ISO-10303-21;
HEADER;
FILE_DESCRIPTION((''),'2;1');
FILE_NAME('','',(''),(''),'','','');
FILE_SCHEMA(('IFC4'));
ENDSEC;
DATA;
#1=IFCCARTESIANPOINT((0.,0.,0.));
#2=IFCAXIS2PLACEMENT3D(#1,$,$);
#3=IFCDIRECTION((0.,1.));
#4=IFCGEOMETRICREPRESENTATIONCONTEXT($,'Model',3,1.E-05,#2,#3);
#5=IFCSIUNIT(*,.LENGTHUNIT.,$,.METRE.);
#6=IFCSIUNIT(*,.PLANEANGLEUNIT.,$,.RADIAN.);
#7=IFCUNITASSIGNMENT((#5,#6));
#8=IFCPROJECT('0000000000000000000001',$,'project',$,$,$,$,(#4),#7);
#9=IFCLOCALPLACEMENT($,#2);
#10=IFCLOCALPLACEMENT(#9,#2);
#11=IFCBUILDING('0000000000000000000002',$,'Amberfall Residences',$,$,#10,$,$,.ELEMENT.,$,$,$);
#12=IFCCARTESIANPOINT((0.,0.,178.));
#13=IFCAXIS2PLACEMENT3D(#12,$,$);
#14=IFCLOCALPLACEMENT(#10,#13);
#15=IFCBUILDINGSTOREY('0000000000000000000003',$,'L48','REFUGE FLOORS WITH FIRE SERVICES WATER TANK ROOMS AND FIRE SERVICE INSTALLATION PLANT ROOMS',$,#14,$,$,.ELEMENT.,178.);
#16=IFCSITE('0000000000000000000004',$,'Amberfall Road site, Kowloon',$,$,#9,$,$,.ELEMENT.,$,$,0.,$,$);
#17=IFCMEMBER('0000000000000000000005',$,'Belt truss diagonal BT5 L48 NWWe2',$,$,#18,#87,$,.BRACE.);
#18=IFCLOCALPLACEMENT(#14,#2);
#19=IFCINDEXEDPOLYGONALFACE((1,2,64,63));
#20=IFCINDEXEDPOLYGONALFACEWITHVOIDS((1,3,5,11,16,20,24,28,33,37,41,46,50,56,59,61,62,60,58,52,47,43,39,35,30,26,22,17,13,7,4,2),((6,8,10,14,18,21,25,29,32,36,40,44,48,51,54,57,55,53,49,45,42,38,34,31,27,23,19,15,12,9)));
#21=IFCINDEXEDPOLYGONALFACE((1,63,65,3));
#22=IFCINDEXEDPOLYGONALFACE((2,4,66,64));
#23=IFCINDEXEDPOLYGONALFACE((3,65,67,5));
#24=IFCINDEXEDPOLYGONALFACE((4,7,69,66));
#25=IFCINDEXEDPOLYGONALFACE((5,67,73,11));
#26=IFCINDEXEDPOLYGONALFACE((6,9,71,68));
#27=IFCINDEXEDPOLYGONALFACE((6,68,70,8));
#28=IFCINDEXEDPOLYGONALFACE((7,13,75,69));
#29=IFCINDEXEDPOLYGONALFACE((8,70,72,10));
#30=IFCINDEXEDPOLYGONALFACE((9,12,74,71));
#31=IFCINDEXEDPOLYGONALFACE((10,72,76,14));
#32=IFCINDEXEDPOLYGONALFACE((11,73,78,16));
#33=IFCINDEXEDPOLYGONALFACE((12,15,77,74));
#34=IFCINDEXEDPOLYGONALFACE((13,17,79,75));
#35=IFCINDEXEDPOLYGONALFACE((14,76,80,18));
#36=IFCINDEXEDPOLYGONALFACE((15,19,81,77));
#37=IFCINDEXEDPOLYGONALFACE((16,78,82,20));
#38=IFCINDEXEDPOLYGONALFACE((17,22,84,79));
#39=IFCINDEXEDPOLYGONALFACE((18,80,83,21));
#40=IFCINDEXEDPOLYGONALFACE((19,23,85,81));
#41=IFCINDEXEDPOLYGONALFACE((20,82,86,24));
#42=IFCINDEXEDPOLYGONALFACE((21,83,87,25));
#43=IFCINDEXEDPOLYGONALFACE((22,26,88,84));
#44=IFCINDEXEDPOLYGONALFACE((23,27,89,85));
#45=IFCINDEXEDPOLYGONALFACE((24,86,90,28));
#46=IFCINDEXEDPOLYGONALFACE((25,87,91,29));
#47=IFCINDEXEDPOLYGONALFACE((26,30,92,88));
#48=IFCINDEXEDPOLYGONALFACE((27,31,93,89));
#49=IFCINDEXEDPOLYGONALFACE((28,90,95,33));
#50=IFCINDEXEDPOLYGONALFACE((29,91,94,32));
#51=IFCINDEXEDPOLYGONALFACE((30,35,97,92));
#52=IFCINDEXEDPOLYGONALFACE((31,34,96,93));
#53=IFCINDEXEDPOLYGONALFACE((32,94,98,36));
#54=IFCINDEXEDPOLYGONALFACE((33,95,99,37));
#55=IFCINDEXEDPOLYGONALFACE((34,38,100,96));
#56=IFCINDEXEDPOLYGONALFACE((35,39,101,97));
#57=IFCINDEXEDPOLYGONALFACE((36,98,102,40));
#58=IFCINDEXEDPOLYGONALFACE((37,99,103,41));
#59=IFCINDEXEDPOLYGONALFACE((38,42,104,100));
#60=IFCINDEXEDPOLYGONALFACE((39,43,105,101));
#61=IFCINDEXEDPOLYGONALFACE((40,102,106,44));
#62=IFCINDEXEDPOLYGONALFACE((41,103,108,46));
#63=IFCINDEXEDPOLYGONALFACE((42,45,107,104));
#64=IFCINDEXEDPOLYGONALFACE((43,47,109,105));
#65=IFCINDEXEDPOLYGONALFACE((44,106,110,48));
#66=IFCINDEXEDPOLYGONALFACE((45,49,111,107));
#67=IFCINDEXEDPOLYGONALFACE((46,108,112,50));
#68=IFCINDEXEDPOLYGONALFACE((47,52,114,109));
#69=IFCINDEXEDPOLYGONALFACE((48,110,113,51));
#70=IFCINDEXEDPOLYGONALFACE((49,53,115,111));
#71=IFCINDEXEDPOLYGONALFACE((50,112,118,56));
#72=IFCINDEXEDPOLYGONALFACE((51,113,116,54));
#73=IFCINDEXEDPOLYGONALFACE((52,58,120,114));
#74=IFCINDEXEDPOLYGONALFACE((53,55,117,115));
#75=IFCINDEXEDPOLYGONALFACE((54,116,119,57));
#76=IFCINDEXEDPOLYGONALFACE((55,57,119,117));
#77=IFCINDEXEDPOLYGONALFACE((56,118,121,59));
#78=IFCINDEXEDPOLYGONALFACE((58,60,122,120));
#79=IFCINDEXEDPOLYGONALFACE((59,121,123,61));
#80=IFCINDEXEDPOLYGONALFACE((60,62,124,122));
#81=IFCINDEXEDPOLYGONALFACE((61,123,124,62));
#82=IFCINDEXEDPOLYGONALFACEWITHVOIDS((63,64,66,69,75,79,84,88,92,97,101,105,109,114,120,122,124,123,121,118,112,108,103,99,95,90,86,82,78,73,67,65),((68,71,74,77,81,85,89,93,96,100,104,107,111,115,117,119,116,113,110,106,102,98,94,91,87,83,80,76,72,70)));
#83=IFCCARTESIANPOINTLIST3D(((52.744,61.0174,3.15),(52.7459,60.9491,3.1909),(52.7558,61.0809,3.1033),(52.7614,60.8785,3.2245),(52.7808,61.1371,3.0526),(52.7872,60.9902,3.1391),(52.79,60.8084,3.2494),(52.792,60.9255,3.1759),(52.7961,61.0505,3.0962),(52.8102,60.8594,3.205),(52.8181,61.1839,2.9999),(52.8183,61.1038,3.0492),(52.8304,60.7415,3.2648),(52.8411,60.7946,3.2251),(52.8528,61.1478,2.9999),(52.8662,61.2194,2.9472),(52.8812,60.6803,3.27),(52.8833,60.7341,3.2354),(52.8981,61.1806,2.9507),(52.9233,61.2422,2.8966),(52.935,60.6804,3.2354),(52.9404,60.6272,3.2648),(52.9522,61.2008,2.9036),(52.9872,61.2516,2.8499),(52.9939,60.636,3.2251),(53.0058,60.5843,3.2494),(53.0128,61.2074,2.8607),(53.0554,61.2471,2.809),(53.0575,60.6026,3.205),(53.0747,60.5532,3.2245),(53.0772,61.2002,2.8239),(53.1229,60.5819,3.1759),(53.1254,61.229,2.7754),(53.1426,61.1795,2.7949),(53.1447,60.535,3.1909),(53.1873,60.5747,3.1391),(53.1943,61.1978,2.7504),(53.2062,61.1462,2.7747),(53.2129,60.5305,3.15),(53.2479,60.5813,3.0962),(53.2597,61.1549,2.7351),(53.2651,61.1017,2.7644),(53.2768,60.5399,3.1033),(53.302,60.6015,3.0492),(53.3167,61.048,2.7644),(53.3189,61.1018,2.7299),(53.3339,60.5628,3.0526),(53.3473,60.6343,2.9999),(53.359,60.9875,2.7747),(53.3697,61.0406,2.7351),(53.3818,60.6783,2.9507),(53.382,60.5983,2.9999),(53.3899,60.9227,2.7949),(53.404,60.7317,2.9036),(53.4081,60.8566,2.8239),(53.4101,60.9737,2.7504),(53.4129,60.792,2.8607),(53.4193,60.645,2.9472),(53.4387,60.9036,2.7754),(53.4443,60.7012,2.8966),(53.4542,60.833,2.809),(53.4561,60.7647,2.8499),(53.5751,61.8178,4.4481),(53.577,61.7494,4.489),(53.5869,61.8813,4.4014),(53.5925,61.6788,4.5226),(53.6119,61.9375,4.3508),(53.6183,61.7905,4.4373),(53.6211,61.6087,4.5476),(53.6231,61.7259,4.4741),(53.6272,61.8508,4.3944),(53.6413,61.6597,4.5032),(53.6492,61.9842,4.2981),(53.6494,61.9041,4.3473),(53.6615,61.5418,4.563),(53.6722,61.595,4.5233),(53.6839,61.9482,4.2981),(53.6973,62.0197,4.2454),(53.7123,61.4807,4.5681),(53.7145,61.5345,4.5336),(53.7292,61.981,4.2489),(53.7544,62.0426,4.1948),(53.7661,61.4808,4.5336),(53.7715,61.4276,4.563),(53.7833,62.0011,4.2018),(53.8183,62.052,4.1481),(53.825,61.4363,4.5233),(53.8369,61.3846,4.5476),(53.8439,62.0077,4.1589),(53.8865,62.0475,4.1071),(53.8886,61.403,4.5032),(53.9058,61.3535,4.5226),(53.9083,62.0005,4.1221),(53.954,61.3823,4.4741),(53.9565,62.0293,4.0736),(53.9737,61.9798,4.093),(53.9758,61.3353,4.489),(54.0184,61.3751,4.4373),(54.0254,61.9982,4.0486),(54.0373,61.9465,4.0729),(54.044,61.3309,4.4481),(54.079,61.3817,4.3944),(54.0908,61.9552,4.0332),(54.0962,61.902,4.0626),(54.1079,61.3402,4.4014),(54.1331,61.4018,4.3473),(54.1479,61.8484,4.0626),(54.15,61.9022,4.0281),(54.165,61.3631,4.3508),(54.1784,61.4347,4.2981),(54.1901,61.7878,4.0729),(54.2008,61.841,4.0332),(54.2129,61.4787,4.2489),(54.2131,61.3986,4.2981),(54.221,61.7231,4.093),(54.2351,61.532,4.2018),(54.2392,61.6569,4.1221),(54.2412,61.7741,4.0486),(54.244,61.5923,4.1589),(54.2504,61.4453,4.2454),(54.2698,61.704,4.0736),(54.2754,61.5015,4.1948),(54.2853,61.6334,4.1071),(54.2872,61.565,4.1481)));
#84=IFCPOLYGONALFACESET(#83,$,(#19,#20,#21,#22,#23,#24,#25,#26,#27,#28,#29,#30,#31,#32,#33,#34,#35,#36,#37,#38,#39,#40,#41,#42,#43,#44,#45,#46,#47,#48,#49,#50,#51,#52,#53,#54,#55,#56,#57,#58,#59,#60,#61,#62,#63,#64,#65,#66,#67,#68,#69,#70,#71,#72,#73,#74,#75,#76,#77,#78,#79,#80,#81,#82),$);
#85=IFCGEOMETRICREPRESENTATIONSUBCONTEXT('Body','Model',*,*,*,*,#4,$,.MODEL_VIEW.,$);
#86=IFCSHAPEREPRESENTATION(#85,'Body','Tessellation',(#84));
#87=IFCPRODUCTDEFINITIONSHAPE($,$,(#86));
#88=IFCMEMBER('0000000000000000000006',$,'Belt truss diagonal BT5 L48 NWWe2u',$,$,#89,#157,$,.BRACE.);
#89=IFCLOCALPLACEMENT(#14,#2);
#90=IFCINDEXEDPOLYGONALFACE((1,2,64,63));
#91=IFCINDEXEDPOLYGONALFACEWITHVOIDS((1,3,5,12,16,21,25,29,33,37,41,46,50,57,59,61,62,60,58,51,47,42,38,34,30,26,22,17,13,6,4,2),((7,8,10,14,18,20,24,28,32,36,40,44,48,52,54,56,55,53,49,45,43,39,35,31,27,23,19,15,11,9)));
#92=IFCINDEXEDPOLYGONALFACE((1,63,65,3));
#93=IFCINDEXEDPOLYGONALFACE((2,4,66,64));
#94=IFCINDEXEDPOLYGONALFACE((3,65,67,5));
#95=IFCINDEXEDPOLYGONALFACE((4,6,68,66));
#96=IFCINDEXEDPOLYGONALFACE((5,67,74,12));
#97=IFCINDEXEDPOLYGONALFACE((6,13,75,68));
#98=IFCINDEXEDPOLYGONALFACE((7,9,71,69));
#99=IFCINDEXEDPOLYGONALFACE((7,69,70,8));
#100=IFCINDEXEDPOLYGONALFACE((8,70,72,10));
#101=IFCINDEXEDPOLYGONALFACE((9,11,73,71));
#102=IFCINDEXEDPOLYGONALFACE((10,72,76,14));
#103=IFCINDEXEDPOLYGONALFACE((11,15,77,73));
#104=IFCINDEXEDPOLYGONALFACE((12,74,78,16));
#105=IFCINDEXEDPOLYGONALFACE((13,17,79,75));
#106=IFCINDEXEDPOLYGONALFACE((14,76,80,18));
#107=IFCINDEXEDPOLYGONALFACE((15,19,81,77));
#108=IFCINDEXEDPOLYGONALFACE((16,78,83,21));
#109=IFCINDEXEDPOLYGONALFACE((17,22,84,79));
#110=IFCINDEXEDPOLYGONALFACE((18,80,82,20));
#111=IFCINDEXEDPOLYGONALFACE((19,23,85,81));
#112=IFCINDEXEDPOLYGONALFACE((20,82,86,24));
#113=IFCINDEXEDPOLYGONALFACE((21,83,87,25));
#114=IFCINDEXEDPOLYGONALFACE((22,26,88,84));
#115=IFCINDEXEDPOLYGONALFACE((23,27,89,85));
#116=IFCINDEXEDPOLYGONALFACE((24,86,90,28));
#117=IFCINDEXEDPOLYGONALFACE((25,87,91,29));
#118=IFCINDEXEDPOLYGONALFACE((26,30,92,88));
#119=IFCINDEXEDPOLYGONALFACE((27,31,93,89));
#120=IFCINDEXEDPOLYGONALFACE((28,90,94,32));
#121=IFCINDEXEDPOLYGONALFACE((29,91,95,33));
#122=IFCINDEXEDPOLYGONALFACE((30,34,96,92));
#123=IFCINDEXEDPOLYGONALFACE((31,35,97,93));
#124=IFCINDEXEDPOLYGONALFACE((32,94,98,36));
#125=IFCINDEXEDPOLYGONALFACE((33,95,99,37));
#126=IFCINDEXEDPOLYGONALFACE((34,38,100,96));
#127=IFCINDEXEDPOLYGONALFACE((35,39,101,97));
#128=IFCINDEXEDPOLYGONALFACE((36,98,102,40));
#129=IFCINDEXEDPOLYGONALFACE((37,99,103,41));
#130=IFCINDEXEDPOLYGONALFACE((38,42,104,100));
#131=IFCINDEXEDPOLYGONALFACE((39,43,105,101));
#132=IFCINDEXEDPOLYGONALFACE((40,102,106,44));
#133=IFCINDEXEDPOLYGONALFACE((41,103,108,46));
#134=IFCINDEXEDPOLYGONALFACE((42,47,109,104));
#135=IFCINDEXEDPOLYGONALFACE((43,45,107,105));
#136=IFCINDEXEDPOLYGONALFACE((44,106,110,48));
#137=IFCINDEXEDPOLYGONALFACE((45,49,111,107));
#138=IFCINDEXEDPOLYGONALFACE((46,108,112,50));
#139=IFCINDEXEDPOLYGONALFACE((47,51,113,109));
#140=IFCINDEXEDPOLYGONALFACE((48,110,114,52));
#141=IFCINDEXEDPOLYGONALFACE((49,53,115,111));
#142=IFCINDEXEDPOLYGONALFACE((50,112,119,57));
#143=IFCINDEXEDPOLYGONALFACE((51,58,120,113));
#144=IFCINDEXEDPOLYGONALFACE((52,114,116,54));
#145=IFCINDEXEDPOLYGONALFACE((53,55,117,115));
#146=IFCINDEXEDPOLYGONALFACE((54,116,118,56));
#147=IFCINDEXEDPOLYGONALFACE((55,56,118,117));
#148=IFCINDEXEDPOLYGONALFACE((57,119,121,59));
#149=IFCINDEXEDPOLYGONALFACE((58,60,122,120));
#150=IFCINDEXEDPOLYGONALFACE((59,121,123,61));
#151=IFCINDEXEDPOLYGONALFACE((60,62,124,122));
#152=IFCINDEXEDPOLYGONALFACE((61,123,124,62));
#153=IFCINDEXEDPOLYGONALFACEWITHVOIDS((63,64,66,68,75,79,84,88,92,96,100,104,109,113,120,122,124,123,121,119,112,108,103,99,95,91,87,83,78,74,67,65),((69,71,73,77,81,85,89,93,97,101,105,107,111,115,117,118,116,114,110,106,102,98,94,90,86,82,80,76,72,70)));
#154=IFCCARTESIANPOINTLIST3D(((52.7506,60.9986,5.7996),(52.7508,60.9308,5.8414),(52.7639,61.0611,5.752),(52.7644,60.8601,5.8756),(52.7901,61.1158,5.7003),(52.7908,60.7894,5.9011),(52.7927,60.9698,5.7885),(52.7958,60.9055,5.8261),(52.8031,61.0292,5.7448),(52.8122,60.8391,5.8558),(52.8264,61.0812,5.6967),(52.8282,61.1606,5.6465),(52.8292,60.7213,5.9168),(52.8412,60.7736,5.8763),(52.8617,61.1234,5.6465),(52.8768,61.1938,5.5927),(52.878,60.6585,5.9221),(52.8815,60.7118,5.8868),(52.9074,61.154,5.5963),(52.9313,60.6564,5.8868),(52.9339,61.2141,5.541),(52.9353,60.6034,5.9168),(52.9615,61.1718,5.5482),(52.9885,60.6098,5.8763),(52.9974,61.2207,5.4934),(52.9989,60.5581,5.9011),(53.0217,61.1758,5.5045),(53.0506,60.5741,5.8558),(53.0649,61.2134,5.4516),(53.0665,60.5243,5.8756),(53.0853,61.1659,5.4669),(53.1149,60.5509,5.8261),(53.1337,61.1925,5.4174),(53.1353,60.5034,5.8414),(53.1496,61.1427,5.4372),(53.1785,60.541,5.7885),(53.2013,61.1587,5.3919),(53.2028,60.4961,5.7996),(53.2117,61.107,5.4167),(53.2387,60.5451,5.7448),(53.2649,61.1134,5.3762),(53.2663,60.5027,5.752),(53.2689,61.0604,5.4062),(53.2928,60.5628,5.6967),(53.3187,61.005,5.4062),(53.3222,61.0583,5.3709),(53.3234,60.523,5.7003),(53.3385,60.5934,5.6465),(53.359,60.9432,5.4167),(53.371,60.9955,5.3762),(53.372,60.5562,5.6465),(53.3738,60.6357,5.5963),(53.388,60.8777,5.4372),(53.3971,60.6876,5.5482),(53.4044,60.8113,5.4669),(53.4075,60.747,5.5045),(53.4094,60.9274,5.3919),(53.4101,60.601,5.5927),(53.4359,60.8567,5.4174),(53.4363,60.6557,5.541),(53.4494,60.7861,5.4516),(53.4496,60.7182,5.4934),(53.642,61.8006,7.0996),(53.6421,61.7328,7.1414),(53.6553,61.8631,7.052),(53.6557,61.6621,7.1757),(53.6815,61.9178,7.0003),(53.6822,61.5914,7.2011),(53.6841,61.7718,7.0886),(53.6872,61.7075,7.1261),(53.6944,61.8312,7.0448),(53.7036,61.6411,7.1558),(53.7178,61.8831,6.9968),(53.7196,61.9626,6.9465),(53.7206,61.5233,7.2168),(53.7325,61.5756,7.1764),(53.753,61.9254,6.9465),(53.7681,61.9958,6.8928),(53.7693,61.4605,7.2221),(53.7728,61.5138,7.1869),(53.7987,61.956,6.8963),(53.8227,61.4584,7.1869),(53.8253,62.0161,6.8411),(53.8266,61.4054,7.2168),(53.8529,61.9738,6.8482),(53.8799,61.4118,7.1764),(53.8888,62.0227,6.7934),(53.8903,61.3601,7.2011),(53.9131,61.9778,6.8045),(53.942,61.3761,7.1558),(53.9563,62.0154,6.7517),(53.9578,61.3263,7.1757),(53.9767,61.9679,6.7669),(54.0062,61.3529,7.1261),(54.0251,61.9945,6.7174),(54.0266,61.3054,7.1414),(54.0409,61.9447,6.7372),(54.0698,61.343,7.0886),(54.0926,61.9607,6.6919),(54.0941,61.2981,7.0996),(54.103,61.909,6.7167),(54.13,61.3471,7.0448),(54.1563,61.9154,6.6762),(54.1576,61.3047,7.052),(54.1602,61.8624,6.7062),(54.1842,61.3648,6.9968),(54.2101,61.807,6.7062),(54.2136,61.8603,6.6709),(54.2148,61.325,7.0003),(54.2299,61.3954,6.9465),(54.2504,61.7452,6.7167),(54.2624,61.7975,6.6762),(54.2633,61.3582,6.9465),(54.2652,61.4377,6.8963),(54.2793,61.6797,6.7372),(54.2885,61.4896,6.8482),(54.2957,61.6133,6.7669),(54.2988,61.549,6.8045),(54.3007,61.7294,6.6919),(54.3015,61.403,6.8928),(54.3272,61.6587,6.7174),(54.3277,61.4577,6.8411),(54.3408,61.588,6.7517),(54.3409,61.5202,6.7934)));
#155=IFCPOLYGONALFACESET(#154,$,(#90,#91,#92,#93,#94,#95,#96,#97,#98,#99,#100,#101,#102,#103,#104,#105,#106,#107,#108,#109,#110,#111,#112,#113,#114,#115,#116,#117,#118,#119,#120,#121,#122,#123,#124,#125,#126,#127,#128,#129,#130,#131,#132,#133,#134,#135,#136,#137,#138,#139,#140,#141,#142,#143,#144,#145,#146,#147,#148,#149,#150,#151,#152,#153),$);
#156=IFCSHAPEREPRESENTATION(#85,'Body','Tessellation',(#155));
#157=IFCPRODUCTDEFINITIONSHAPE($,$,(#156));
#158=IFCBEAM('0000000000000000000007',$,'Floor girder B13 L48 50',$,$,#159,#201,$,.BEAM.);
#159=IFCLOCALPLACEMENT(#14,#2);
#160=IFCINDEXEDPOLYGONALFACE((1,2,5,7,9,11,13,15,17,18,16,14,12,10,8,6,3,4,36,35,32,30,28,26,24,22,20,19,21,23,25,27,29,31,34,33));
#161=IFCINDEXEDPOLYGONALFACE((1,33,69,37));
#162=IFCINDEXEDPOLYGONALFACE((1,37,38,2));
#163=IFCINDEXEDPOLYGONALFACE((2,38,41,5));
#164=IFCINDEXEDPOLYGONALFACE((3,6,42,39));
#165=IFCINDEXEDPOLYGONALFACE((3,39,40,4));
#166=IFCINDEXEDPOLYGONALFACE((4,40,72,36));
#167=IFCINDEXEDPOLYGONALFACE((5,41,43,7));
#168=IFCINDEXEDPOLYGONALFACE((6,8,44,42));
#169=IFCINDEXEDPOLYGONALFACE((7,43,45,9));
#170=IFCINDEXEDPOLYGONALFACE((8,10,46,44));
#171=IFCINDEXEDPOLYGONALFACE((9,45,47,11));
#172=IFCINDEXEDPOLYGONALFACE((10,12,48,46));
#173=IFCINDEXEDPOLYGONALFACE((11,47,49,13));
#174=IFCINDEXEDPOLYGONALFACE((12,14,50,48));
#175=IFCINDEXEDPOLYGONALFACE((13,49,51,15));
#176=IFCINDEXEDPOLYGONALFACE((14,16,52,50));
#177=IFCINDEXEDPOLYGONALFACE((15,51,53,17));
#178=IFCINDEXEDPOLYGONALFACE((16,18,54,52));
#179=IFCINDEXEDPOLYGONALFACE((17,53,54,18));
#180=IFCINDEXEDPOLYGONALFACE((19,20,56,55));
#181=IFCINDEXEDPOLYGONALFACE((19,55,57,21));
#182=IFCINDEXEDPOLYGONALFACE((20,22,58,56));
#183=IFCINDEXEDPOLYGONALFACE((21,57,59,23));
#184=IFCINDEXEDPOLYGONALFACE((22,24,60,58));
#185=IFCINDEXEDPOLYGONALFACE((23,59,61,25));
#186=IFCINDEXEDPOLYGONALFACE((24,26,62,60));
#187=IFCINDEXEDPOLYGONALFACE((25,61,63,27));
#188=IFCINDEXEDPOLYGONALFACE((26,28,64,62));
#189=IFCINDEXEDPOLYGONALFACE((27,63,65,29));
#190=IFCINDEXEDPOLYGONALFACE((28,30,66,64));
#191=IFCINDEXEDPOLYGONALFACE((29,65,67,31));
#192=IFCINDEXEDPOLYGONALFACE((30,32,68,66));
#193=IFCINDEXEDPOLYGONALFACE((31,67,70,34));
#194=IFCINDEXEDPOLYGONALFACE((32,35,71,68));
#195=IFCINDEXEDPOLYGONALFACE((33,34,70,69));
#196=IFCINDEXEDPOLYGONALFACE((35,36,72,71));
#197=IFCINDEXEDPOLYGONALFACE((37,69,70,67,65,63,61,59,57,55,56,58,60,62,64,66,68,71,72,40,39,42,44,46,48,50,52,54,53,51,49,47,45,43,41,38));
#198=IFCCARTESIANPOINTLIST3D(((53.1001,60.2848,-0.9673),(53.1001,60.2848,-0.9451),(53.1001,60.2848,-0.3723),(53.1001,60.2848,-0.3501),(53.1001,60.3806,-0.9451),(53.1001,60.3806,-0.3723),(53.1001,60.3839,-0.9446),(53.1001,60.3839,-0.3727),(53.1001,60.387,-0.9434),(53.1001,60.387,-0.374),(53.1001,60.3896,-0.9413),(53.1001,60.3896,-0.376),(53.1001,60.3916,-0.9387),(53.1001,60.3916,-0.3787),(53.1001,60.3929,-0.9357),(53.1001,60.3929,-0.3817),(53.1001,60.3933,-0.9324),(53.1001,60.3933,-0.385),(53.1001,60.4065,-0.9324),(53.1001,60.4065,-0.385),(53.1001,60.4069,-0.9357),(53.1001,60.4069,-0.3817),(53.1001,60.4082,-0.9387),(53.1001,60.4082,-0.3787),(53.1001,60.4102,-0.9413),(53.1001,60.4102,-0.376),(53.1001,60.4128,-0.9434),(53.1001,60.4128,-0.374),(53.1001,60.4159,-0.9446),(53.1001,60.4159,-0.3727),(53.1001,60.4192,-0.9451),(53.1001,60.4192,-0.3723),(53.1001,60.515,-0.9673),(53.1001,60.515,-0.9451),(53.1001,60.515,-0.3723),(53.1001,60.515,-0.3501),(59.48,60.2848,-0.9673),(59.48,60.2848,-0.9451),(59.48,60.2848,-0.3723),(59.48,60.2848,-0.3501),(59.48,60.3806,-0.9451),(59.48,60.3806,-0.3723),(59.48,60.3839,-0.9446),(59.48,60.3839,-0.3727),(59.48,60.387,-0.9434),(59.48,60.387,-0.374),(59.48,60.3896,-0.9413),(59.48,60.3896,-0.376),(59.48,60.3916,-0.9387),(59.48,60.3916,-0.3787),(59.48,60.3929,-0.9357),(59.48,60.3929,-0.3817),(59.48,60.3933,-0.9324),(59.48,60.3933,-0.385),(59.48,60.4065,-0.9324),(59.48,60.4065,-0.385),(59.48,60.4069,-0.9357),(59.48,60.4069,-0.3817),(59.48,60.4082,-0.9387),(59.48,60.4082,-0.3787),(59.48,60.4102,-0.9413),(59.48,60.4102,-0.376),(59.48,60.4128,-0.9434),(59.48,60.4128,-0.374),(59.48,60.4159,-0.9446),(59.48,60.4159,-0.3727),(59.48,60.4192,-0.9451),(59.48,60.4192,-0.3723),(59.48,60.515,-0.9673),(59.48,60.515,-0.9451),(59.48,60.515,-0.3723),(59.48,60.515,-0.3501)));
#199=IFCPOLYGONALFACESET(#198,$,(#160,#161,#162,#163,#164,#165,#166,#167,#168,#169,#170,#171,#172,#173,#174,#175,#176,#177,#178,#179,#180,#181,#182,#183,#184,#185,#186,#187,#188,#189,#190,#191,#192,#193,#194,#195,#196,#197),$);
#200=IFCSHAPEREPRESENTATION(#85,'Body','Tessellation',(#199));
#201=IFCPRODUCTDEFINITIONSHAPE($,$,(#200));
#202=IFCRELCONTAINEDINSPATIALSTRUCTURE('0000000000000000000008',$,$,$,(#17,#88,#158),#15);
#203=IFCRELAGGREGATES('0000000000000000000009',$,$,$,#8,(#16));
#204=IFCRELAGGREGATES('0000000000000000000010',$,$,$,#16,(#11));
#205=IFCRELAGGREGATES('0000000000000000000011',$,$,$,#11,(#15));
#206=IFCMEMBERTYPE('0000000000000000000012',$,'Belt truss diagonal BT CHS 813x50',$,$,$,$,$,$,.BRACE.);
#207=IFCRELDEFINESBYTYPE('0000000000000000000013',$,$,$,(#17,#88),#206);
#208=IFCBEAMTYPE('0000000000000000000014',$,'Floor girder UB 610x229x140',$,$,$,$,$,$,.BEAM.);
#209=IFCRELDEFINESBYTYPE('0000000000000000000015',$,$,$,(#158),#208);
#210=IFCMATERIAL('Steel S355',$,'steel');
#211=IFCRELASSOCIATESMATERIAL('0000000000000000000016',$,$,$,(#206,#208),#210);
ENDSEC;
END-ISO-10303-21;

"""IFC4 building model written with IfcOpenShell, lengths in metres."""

from ifc_helpers import new_model, si_unit, direction, frame, origin, origin_2d, place, context, subcontext, project, spatial, hollow_circle, i_section, extrude, material, material_profile, profile_set, type_object, element, save


model = new_model("IFC4")

# Units and contexts
model_context = context("Model", 3, precision=1e-05, world=origin(), true_north=direction((0.0, 1.0)))
body_context = subcontext(model_context, "Body", "Model", "MODEL_VIEW")
ifc_project = project(units=[si_unit("LENGTHUNIT", "METRE"), si_unit("PLANEANGLEUNIT", "RADIAN")], contexts=[model_context])

# Site, building, storey
site_placement = place(None, origin())
site = spatial("IfcSite", under=ifc_project, at=site_placement, Name="Amberfall Road site, Kowloon", CompositionType="ELEMENT", RefElevation=0.0)
building_placement = place(site_placement, origin())
building = spatial("IfcBuilding", under=site, at=building_placement, Name="Amberfall Residences", CompositionType="ELEMENT")
storey_placement = place(building_placement, frame((0.0, 0.0, 178.0)))
storey = spatial("IfcBuildingStorey", under=building, at=storey_placement, Name="L48", Description="REFUGE FLOORS WITH FIRE SERVICES WATER TANK ROOMS AND FIRE SERVICE INSTALLATION PLANT ROOMS", CompositionType="ELEMENT", Elevation=178.0)

# Members
ifc_material_1 = material(Name="Steel S355", Category="steel")
ifc_material_profile_1 = material_profile(ifc_material_1, hollow_circle(Radius=0.4065, WallThickness=0.05, at=origin_2d()), Name="CHS 813x50")
ifc_profile_set_1 = profile_set([ifc_material_profile_1], Name="Steel S355")
member_type_1 = type_object("IfcMemberType", Name="Belt truss diagonal BT CHS 813x50", PredefinedType="BRACE", material=ifc_profile_set_1)
member_1_placement = place(storey_placement, frame((53.9312, 61.6914, 4.2981), z_axis=(-0.478522, -0.460809, -0.747444), x_axis=(0.69365, -0.720312, 0.0)))
element("IfcMember", 1, at=member_1_placement, inside=storey, type_object=member_type_1, Name="Belt truss diagonal BT5 L48 NWWe2", PredefinedType="BRACE", context=body_context, shape_type="SweptSolid", body=[
    extrude(hollow_circle(Radius=0.4065, WallThickness=0.05, at=origin_2d()), origin(), (0.0, 0.0, 1.0), 1.7368),
])
member_2_placement = place(storey_placement, frame((53.9915, 61.6604, 6.9465), z_axis=(-0.503998, -0.453474, -0.735083), x_axis=(0.668863, -0.743385, 0.0)))
element("IfcMember", 2, at=member_2_placement, inside=storey, type_object=member_type_1, Name="Belt truss diagonal BT5 L48 NWWe2u", PredefinedType="BRACE", context=body_context, shape_type="SweptSolid", body=[
    extrude(hollow_circle(Radius=0.4065, WallThickness=0.05, at=origin_2d()), origin(), (0.0, 0.0, 1.0), 1.7686),
])

# Beam
ifc_material_profile_2 = material_profile(ifc_material_1, i_section(OverallWidth=0.2302, OverallDepth=0.6172, WebThickness=0.0132, FlangeThickness=0.0222, FilletRadius=0.0127, at=origin_2d()), Name="UB 610x229x140")
ifc_profile_set_2 = profile_set([ifc_material_profile_2], Name="Steel S355")
beam_type = type_object("IfcBeamType", Name="Floor girder UB 610x229x140", PredefinedType="BEAM", material=ifc_profile_set_2)
beam_placement = place(storey_placement, frame((53.1001, 60.3999, -0.6587), z_axis=(1.0, 0.0, 0.0), x_axis=(0.0, 1.0, 0.0)))
element("IfcBeam", 3, at=beam_placement, inside=storey, type_object=beam_type, Name="Floor girder B13 L48 50", PredefinedType="BEAM", context=body_context, shape_type="SweptSolid", body=[
    extrude(i_section(OverallWidth=0.2302, OverallDepth=0.6172, WebThickness=0.0132, FlangeThickness=0.0222, FilletRadius=0.0127, at=origin_2d()), origin(), (0.0, 0.0, 1.0), 6.3799),
])

save(model, "model.ifc")
